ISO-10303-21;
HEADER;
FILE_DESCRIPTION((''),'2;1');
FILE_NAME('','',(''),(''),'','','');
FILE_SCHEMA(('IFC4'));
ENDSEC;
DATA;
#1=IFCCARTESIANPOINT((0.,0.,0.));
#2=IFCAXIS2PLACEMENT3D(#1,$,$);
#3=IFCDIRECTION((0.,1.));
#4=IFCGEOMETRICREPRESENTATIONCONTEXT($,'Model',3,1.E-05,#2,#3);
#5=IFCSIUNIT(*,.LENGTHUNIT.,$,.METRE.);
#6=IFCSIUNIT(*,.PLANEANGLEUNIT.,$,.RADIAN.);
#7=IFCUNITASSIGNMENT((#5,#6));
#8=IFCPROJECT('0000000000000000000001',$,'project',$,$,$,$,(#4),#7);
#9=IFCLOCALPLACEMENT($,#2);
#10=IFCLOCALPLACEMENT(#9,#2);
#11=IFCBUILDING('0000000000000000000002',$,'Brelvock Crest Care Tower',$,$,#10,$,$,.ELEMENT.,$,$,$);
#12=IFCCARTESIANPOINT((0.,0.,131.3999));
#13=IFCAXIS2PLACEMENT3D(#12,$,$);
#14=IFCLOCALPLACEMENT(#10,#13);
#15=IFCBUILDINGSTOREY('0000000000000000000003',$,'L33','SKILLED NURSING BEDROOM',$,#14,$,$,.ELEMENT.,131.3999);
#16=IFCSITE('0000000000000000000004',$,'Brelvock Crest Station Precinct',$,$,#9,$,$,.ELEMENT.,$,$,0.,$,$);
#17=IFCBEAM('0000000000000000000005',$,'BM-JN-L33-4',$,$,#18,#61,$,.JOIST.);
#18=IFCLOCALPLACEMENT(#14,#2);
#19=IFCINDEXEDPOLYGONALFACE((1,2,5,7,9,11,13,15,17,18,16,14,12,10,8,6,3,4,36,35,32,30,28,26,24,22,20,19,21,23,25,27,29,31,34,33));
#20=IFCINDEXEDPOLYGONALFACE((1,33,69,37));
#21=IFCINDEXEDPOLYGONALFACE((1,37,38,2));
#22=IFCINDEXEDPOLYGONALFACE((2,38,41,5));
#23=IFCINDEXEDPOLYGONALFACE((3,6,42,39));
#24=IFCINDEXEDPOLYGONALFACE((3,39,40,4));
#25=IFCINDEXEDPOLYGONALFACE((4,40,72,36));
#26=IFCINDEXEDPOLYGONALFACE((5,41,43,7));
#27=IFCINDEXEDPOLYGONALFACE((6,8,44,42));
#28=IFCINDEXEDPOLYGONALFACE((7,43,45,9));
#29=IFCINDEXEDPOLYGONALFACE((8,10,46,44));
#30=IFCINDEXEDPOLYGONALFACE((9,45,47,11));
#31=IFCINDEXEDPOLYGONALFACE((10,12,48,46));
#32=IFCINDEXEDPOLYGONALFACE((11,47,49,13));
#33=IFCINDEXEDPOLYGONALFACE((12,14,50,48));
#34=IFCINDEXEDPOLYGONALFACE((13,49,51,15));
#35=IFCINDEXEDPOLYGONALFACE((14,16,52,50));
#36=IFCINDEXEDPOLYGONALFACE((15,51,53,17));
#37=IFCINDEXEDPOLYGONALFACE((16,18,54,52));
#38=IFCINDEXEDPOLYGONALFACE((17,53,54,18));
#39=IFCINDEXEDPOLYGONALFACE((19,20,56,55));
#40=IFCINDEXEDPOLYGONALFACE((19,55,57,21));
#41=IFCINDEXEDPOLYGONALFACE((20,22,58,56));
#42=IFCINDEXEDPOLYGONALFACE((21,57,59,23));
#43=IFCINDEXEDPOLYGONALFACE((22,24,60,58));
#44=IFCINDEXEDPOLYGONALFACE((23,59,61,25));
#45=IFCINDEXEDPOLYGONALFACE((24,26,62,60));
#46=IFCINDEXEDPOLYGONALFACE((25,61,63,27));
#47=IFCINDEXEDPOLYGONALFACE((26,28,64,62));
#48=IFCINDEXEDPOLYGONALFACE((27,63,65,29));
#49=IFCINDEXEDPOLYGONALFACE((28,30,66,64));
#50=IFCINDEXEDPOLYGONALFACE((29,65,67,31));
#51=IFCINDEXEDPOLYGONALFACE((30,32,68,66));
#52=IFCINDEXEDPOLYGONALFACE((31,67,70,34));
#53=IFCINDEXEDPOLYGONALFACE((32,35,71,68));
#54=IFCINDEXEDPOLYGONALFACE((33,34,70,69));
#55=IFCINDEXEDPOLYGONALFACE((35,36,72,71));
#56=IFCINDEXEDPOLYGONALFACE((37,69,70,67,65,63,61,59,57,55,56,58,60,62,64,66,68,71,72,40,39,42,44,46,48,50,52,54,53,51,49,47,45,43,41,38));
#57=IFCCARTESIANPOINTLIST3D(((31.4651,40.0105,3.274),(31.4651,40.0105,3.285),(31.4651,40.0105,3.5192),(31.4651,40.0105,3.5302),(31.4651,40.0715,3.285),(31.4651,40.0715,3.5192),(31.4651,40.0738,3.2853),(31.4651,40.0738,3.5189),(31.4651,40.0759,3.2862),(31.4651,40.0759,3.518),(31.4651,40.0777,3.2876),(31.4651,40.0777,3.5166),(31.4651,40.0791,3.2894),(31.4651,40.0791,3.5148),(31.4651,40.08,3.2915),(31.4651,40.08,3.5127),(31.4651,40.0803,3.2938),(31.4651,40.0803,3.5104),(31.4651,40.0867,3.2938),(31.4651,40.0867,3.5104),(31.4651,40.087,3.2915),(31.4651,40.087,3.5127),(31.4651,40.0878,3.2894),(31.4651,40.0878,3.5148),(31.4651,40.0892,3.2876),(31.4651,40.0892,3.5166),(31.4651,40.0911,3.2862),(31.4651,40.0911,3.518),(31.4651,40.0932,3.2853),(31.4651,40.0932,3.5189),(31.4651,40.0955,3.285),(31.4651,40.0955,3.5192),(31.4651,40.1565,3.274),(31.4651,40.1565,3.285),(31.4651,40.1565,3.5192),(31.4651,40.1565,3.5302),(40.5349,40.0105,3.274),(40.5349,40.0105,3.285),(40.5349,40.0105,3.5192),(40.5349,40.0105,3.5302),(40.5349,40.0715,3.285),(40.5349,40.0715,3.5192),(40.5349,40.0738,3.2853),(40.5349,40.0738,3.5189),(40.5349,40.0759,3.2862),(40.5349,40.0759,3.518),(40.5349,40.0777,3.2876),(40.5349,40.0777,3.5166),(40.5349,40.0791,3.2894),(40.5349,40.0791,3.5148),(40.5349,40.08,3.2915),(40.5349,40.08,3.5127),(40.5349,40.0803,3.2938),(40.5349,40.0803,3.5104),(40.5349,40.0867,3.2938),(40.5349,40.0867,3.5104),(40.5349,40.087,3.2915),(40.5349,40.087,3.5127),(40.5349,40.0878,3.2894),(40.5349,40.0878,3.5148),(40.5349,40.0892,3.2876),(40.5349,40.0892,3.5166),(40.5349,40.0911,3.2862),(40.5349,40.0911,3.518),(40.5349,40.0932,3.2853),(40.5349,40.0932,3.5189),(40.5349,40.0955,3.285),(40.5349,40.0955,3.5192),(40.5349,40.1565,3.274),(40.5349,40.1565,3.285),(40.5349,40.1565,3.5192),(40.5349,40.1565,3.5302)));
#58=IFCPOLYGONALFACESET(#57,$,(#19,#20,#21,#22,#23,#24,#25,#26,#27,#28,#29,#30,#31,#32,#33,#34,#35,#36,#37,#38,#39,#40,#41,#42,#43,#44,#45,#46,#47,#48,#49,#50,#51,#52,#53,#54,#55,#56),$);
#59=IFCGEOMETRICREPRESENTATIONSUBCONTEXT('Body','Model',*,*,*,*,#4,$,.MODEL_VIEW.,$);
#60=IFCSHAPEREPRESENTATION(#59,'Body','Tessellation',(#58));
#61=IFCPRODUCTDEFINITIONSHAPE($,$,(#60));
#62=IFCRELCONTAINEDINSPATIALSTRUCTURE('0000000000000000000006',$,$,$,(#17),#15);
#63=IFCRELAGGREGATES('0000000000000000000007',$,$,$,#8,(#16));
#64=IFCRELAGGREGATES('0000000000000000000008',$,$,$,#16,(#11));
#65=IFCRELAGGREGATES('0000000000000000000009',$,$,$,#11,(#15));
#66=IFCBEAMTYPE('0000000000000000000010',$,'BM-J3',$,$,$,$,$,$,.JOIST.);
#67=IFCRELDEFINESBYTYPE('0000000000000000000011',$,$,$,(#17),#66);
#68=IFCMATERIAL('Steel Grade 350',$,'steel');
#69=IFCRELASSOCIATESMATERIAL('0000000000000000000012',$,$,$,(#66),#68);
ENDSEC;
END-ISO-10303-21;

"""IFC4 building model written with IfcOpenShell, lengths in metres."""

from ifc_helpers import new_model, si_unit, direction, frame, origin, origin_2d, place, context, subcontext, project, spatial, i_section, extrude, source, transform, mapped, material, material_profile, profile_set, type_object, element, save


model = new_model("IFC4")

# Units and contexts
model_context = context("Model", 3, precision=1e-05, world=origin(), true_north=direction((0.0, 1.0)))
body_context = subcontext(model_context, "Body", "Model", "MODEL_VIEW")
ifc_project = project(units=[si_unit("LENGTHUNIT", "METRE"), si_unit("PLANEANGLEUNIT", "RADIAN")], contexts=[model_context])

# Site, building, storey
site_placement = place(None, origin())
site = spatial("IfcSite", under=ifc_project, at=site_placement, Name="Brelvock Crest Station Precinct", CompositionType="ELEMENT", RefElevation=0.0)
building_placement = place(site_placement, origin())
building = spatial("IfcBuilding", under=site, at=building_placement, Name="Brelvock Crest Care Tower", CompositionType="ELEMENT")
storey_placement = place(building_placement, frame((0.0, 0.0, 131.3999)))
storey = spatial("IfcBuildingStorey", under=building, at=storey_placement, Name="L33", Description="SKILLED NURSING BEDROOM", CompositionType="ELEMENT", Elevation=131.3999)

# Beam
ifc_material = material(Name="Steel Grade 350", Category="steel")
ifc_material_profile = material_profile(ifc_material, i_section(OverallWidth=0.146, OverallDepth=0.2561, WebThickness=0.0063, FlangeThickness=0.011, FilletRadius=0.0088, at=origin_2d()), Name="250UB37.3")
ifc_profile_set = profile_set([ifc_material_profile], Name="Steel Grade 350")
beam_type = type_object("IfcBeamType", Name="BM-J3", PredefinedType="JOIST", material=ifc_profile_set)
shared_shape = source(origin(), body_context, "Body", "SweptSolid", [
    extrude(i_section(OverallWidth=0.146, OverallDepth=0.2561, WebThickness=0.0063, FlangeThickness=0.011, FilletRadius=0.0088, at=origin_2d()), origin(), (0.0, 0.0, 1.0), 9.0698),
])
for number, where, z_axis, x_axis, name in (
    (1, (31.4651, 40.0835, 3.4021), (1.0, 0.0, 0.0), (0.0, 1.0, 0.0), "BM-JN-L33-4"),
):
    element("IfcBeam", number, at=place(storey_placement, frame(where, z_axis=z_axis, x_axis=x_axis)), inside=storey, type_object=beam_type, Name=name, PredefinedType="JOIST", context=body_context, shape_type="MappedRepresentation", body=[
        mapped(shared_shape, transform((0.0, 0.0, 0.0), x_axis=(1.0, 0.0, 0.0), y_axis=(0.0, 1.0, 0.0), z_axis=(0.0, 0.0, 1.0), scale=1.0)),
    ])

save(model, "model.ifc")
